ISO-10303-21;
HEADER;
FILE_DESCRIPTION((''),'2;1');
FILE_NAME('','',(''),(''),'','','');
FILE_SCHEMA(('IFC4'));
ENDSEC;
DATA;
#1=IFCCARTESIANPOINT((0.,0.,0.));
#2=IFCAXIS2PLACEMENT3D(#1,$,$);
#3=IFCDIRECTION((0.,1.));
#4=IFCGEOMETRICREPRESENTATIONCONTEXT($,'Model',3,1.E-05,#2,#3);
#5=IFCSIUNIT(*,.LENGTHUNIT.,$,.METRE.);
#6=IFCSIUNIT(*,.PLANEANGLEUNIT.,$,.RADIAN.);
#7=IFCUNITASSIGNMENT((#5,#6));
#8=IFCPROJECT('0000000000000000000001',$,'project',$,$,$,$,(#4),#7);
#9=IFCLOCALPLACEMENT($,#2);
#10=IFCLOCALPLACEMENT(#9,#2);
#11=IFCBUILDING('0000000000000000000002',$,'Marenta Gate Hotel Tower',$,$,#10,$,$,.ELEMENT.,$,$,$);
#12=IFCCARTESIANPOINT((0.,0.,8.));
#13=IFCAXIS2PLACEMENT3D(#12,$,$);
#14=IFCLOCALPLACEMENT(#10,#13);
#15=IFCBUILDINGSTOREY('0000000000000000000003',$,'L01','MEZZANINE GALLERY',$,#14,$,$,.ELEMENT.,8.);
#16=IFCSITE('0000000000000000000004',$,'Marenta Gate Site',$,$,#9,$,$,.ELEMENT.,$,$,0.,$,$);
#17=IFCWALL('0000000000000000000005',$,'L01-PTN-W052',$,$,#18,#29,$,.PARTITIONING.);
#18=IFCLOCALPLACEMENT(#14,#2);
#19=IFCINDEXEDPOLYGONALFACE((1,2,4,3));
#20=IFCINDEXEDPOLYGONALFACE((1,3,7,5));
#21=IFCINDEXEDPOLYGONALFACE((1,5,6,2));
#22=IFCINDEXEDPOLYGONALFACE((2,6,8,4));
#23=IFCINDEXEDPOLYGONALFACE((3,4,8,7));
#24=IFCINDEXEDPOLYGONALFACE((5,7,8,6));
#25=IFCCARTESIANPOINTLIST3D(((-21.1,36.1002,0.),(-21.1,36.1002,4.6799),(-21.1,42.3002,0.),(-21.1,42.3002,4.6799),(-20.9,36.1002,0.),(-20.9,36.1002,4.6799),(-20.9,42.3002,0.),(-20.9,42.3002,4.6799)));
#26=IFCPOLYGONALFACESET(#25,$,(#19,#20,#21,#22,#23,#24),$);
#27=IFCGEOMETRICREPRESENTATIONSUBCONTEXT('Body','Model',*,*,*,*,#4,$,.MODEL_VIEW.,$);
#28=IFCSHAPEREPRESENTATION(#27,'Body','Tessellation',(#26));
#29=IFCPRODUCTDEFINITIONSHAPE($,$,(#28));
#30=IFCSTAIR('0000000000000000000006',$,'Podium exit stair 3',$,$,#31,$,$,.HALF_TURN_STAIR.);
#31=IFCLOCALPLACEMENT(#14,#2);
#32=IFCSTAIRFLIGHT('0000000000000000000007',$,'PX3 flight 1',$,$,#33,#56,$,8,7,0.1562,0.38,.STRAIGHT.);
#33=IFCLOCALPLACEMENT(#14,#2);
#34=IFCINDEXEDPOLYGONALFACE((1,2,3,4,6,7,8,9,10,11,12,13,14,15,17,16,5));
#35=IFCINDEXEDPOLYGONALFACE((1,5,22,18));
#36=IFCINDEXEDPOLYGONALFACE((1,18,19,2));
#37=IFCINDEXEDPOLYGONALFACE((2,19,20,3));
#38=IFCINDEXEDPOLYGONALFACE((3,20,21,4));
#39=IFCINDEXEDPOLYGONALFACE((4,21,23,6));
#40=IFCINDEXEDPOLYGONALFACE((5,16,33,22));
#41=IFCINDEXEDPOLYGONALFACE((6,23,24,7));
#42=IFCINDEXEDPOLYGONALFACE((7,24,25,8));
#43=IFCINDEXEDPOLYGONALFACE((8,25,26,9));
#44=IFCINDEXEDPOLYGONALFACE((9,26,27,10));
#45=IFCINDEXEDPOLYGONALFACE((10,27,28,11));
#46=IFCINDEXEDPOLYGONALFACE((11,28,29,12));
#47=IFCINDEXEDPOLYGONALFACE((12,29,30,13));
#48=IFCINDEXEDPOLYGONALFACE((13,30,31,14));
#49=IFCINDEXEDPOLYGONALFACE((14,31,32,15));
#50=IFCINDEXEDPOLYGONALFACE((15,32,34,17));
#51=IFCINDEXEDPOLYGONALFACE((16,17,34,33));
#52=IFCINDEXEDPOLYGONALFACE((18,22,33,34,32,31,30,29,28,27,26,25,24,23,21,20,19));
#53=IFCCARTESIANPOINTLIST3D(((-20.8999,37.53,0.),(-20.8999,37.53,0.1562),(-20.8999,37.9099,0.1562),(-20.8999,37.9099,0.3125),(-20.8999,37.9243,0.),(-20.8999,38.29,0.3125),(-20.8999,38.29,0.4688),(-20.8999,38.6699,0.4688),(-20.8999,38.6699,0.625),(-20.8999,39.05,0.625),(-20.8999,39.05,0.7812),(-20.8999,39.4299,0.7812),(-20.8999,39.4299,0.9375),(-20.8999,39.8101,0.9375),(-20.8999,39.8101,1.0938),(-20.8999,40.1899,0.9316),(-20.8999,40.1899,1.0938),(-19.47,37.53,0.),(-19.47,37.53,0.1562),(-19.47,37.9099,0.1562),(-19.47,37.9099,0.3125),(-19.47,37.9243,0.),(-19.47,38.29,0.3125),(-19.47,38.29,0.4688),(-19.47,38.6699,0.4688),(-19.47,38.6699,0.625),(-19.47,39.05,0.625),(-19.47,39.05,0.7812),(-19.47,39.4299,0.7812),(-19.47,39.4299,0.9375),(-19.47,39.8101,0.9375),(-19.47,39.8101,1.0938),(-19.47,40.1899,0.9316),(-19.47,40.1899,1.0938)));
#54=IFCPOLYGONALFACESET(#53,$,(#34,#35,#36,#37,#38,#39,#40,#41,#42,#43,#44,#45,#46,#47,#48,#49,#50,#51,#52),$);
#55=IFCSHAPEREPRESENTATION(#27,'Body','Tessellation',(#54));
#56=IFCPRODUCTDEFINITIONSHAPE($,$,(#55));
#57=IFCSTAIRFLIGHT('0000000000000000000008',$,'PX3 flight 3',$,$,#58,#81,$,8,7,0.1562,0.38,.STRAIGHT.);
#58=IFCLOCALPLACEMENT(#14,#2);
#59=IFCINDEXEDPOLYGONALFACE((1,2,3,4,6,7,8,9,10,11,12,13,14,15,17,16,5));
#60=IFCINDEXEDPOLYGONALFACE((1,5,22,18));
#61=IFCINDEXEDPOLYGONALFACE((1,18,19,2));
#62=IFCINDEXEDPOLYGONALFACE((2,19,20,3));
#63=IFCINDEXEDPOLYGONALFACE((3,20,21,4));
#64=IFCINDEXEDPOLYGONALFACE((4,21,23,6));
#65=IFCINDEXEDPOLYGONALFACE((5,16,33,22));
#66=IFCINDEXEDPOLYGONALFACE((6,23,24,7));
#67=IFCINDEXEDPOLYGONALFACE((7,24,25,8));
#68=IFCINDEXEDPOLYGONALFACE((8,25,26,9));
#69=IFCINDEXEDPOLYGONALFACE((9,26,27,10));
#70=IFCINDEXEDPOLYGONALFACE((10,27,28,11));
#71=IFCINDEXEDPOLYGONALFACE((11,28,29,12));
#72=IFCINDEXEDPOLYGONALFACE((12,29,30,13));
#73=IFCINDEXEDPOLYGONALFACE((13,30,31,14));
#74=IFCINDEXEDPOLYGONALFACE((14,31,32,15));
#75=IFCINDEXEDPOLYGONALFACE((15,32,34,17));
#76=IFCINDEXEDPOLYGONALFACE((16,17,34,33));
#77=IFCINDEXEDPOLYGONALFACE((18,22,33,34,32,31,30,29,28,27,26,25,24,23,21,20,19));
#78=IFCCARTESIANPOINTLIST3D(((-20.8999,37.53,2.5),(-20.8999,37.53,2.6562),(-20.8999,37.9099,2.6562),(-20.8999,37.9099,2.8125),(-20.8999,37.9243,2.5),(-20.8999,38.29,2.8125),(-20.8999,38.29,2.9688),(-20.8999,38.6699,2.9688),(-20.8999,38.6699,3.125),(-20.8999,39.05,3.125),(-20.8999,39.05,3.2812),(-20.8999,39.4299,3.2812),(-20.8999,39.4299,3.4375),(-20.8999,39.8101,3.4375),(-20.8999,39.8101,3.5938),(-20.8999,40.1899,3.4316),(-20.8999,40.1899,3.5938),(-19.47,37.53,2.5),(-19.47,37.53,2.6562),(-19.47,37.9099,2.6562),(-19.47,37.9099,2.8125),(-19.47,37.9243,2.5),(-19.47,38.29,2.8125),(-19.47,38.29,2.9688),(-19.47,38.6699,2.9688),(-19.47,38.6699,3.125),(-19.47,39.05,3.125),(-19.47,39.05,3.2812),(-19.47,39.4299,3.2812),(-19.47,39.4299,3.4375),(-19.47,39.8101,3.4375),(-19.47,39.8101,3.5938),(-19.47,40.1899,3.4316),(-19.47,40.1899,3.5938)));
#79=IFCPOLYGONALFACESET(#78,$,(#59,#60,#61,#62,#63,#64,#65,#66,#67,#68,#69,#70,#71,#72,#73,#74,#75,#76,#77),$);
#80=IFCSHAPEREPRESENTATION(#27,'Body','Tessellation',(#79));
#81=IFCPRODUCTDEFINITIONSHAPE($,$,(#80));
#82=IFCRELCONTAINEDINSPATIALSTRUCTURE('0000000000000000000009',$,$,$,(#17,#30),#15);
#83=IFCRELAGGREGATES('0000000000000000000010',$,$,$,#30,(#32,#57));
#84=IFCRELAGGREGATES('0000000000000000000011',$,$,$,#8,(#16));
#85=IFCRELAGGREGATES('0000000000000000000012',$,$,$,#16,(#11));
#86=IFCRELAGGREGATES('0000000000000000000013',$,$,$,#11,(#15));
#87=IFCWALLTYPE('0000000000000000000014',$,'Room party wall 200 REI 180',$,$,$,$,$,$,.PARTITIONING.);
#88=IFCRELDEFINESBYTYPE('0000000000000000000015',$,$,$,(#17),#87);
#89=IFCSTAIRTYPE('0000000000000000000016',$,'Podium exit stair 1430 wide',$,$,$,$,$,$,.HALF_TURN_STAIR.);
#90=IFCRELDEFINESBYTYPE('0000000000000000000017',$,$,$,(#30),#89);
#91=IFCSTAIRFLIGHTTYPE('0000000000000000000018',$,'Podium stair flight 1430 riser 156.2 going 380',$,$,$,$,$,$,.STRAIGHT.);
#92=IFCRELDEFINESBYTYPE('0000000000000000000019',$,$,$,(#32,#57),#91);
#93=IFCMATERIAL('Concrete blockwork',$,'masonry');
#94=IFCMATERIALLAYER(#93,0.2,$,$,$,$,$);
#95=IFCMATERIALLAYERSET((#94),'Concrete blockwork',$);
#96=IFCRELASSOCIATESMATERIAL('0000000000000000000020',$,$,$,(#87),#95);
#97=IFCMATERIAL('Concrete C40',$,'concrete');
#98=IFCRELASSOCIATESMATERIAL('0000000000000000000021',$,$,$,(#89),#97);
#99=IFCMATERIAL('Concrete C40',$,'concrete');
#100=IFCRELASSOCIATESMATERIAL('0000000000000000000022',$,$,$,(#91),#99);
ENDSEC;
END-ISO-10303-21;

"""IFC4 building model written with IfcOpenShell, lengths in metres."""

from ifc_helpers import new_model, si_unit, direction, frame, frame_2d, origin, place, context, subcontext, project, spatial, polyline, rectangle, outline, extrude, material, layer, layer_set, type_object, element, aggregate, save


model = new_model("IFC4")

# Units and contexts
model_context = context("Model", 3, precision=1e-05, world=origin(), true_north=direction((0.0, 1.0)))
body_context = subcontext(model_context, "Body", "Model", "MODEL_VIEW")
ifc_project = project(units=[si_unit("LENGTHUNIT", "METRE"), si_unit("PLANEANGLEUNIT", "RADIAN")], contexts=[model_context])

# Site, building, storey
site_placement = place(None, origin())
site = spatial("IfcSite", under=ifc_project, at=site_placement, Name="Marenta Gate Site", CompositionType="ELEMENT", RefElevation=0.0)
building_placement = place(site_placement, origin())
building = spatial("IfcBuilding", under=site, at=building_placement, Name="Marenta Gate Hotel Tower", CompositionType="ELEMENT")
storey_placement = place(building_placement, frame((0.0, 0.0, 8.0)))
storey = spatial("IfcBuildingStorey", under=building, at=storey_placement, Name="L01", Description="MEZZANINE GALLERY", CompositionType="ELEMENT", Elevation=8.0)

# Wall
ifc_material_1 = material(Name="Concrete blockwork", Category="masonry")
ifc_layer_1 = layer(ifc_material_1, 0.2)
ifc_layer_set_1 = layer_set([ifc_layer_1], Name="Concrete blockwork")
wall_type_1 = type_object("IfcWallType", Name="Room party wall 200 REI 180", PredefinedType="PARTITIONING", material=ifc_layer_set_1)
wall_1_placement = place(storey_placement, frame((-21.0, 36.1001, 0.0), z_axis=(0.0, 0.0, 1.0), x_axis=(0.0, 1.0, 0.0)))
element("IfcWall", 1, at=wall_1_placement, inside=storey, type_object=wall_type_1, Name="L01-PTN-W052", PredefinedType="PARTITIONING", context=body_context, shape_type="SweptSolid", body=[
    extrude(rectangle(XDim=6.2, YDim=0.2, at=frame_2d((3.1001, 0.0))), origin(), (0.0, 0.0, 1.0), 4.6799),
])

# Stair, stair flights
ifc_material_2 = material(Name="Concrete C40", Category="concrete")
stair_type = type_object("IfcStairType", Name="Podium exit stair 1430 wide", PredefinedType="HALF_TURN_STAIR", material=ifc_material_2)
stair_placement = place(storey_placement, origin())
stair = element("IfcStair", 2, at=stair_placement, inside=storey, type_object=stair_type, Name="Podium exit stair 3", PredefinedType="HALF_TURN_STAIR")
ifc_material_3 = material(Name="Concrete C40", Category="concrete")
stair_flight_type = type_object("IfcStairFlightType", Name="Podium stair flight 1430 riser 156.2 going 380", PredefinedType="STRAIGHT", material=ifc_material_3)
stair_flight_1_placement = place(storey_placement, frame((-20.1851, 37.53, 0.0), z_axis=(0.0, 0.0, 1.0), x_axis=(0.0, 1.0, 0.0)))
stair_flight_1 = element("IfcStairFlight", 3, at=stair_flight_1_placement, type_object=stair_flight_type, Name="PX3 flight 1", NumberOfRisers=8, NumberOfTreads=7, PredefinedType="STRAIGHT", RiserHeight=0.1562, TreadLength=0.38, context=body_context, shape_type="SweptSolid", body=[
    extrude(outline(polyline([(0.0, 0.0), (0.0, 0.1562), (0.3799, 0.1562), (0.3799, 0.3125), (0.76, 0.3125), (0.76, 0.4688), (1.1399, 0.4688), (1.1399, 0.625), (1.52, 0.625), (1.52, 0.7812), (1.8999, 0.7812), (1.8999, 0.9375), (2.28, 0.9375), (2.28, 1.0938), (2.6599, 1.0938), (2.6599, 1.25), (2.6599, 0.9316), (0.3943, 0.0), (0.0, 0.0)])), frame((0.0, 0.7148, 0.0), z_axis=(0.0, -1.0, 0.0), x_axis=(1.0, 0.0, 0.0)), (0.0, 0.0, 1.0), 1.4299),
])
stair_flight_2_placement = place(storey_placement, frame((-20.1851, 37.53, 2.5), z_axis=(0.0, 0.0, 1.0), x_axis=(0.0, 1.0, 0.0)))
stair_flight_2 = element("IfcStairFlight", 4, at=stair_flight_2_placement, type_object=stair_flight_type, Name="PX3 flight 3", NumberOfRisers=8, NumberOfTreads=7, PredefinedType="STRAIGHT", RiserHeight=0.1562, TreadLength=0.38, context=body_context, shape_type="SweptSolid", body=[
    extrude(outline(polyline([(0.0, 0.0), (0.0, 0.1562), (0.3799, 0.1562), (0.3799, 0.3125), (0.76, 0.3125), (0.76, 0.4688), (1.1399, 0.4688), (1.1399, 0.625), (1.52, 0.625), (1.52, 0.7812), (1.8999, 0.7812), (1.8999, 0.9375), (2.28, 0.9375), (2.28, 1.0938), (2.6599, 1.0938), (2.6599, 1.25), (2.6599, 0.9316), (0.3943, 0.0), (0.0, 0.0)])), frame((0.0, 0.7148, 0.0), z_axis=(0.0, -1.0, 0.0), x_axis=(1.0, 0.0, 0.0)), (0.0, 0.0, 1.0), 1.4299),
])
aggregate(stair, [stair_flight_1, stair_flight_2])

save(model, "model.ifc")
